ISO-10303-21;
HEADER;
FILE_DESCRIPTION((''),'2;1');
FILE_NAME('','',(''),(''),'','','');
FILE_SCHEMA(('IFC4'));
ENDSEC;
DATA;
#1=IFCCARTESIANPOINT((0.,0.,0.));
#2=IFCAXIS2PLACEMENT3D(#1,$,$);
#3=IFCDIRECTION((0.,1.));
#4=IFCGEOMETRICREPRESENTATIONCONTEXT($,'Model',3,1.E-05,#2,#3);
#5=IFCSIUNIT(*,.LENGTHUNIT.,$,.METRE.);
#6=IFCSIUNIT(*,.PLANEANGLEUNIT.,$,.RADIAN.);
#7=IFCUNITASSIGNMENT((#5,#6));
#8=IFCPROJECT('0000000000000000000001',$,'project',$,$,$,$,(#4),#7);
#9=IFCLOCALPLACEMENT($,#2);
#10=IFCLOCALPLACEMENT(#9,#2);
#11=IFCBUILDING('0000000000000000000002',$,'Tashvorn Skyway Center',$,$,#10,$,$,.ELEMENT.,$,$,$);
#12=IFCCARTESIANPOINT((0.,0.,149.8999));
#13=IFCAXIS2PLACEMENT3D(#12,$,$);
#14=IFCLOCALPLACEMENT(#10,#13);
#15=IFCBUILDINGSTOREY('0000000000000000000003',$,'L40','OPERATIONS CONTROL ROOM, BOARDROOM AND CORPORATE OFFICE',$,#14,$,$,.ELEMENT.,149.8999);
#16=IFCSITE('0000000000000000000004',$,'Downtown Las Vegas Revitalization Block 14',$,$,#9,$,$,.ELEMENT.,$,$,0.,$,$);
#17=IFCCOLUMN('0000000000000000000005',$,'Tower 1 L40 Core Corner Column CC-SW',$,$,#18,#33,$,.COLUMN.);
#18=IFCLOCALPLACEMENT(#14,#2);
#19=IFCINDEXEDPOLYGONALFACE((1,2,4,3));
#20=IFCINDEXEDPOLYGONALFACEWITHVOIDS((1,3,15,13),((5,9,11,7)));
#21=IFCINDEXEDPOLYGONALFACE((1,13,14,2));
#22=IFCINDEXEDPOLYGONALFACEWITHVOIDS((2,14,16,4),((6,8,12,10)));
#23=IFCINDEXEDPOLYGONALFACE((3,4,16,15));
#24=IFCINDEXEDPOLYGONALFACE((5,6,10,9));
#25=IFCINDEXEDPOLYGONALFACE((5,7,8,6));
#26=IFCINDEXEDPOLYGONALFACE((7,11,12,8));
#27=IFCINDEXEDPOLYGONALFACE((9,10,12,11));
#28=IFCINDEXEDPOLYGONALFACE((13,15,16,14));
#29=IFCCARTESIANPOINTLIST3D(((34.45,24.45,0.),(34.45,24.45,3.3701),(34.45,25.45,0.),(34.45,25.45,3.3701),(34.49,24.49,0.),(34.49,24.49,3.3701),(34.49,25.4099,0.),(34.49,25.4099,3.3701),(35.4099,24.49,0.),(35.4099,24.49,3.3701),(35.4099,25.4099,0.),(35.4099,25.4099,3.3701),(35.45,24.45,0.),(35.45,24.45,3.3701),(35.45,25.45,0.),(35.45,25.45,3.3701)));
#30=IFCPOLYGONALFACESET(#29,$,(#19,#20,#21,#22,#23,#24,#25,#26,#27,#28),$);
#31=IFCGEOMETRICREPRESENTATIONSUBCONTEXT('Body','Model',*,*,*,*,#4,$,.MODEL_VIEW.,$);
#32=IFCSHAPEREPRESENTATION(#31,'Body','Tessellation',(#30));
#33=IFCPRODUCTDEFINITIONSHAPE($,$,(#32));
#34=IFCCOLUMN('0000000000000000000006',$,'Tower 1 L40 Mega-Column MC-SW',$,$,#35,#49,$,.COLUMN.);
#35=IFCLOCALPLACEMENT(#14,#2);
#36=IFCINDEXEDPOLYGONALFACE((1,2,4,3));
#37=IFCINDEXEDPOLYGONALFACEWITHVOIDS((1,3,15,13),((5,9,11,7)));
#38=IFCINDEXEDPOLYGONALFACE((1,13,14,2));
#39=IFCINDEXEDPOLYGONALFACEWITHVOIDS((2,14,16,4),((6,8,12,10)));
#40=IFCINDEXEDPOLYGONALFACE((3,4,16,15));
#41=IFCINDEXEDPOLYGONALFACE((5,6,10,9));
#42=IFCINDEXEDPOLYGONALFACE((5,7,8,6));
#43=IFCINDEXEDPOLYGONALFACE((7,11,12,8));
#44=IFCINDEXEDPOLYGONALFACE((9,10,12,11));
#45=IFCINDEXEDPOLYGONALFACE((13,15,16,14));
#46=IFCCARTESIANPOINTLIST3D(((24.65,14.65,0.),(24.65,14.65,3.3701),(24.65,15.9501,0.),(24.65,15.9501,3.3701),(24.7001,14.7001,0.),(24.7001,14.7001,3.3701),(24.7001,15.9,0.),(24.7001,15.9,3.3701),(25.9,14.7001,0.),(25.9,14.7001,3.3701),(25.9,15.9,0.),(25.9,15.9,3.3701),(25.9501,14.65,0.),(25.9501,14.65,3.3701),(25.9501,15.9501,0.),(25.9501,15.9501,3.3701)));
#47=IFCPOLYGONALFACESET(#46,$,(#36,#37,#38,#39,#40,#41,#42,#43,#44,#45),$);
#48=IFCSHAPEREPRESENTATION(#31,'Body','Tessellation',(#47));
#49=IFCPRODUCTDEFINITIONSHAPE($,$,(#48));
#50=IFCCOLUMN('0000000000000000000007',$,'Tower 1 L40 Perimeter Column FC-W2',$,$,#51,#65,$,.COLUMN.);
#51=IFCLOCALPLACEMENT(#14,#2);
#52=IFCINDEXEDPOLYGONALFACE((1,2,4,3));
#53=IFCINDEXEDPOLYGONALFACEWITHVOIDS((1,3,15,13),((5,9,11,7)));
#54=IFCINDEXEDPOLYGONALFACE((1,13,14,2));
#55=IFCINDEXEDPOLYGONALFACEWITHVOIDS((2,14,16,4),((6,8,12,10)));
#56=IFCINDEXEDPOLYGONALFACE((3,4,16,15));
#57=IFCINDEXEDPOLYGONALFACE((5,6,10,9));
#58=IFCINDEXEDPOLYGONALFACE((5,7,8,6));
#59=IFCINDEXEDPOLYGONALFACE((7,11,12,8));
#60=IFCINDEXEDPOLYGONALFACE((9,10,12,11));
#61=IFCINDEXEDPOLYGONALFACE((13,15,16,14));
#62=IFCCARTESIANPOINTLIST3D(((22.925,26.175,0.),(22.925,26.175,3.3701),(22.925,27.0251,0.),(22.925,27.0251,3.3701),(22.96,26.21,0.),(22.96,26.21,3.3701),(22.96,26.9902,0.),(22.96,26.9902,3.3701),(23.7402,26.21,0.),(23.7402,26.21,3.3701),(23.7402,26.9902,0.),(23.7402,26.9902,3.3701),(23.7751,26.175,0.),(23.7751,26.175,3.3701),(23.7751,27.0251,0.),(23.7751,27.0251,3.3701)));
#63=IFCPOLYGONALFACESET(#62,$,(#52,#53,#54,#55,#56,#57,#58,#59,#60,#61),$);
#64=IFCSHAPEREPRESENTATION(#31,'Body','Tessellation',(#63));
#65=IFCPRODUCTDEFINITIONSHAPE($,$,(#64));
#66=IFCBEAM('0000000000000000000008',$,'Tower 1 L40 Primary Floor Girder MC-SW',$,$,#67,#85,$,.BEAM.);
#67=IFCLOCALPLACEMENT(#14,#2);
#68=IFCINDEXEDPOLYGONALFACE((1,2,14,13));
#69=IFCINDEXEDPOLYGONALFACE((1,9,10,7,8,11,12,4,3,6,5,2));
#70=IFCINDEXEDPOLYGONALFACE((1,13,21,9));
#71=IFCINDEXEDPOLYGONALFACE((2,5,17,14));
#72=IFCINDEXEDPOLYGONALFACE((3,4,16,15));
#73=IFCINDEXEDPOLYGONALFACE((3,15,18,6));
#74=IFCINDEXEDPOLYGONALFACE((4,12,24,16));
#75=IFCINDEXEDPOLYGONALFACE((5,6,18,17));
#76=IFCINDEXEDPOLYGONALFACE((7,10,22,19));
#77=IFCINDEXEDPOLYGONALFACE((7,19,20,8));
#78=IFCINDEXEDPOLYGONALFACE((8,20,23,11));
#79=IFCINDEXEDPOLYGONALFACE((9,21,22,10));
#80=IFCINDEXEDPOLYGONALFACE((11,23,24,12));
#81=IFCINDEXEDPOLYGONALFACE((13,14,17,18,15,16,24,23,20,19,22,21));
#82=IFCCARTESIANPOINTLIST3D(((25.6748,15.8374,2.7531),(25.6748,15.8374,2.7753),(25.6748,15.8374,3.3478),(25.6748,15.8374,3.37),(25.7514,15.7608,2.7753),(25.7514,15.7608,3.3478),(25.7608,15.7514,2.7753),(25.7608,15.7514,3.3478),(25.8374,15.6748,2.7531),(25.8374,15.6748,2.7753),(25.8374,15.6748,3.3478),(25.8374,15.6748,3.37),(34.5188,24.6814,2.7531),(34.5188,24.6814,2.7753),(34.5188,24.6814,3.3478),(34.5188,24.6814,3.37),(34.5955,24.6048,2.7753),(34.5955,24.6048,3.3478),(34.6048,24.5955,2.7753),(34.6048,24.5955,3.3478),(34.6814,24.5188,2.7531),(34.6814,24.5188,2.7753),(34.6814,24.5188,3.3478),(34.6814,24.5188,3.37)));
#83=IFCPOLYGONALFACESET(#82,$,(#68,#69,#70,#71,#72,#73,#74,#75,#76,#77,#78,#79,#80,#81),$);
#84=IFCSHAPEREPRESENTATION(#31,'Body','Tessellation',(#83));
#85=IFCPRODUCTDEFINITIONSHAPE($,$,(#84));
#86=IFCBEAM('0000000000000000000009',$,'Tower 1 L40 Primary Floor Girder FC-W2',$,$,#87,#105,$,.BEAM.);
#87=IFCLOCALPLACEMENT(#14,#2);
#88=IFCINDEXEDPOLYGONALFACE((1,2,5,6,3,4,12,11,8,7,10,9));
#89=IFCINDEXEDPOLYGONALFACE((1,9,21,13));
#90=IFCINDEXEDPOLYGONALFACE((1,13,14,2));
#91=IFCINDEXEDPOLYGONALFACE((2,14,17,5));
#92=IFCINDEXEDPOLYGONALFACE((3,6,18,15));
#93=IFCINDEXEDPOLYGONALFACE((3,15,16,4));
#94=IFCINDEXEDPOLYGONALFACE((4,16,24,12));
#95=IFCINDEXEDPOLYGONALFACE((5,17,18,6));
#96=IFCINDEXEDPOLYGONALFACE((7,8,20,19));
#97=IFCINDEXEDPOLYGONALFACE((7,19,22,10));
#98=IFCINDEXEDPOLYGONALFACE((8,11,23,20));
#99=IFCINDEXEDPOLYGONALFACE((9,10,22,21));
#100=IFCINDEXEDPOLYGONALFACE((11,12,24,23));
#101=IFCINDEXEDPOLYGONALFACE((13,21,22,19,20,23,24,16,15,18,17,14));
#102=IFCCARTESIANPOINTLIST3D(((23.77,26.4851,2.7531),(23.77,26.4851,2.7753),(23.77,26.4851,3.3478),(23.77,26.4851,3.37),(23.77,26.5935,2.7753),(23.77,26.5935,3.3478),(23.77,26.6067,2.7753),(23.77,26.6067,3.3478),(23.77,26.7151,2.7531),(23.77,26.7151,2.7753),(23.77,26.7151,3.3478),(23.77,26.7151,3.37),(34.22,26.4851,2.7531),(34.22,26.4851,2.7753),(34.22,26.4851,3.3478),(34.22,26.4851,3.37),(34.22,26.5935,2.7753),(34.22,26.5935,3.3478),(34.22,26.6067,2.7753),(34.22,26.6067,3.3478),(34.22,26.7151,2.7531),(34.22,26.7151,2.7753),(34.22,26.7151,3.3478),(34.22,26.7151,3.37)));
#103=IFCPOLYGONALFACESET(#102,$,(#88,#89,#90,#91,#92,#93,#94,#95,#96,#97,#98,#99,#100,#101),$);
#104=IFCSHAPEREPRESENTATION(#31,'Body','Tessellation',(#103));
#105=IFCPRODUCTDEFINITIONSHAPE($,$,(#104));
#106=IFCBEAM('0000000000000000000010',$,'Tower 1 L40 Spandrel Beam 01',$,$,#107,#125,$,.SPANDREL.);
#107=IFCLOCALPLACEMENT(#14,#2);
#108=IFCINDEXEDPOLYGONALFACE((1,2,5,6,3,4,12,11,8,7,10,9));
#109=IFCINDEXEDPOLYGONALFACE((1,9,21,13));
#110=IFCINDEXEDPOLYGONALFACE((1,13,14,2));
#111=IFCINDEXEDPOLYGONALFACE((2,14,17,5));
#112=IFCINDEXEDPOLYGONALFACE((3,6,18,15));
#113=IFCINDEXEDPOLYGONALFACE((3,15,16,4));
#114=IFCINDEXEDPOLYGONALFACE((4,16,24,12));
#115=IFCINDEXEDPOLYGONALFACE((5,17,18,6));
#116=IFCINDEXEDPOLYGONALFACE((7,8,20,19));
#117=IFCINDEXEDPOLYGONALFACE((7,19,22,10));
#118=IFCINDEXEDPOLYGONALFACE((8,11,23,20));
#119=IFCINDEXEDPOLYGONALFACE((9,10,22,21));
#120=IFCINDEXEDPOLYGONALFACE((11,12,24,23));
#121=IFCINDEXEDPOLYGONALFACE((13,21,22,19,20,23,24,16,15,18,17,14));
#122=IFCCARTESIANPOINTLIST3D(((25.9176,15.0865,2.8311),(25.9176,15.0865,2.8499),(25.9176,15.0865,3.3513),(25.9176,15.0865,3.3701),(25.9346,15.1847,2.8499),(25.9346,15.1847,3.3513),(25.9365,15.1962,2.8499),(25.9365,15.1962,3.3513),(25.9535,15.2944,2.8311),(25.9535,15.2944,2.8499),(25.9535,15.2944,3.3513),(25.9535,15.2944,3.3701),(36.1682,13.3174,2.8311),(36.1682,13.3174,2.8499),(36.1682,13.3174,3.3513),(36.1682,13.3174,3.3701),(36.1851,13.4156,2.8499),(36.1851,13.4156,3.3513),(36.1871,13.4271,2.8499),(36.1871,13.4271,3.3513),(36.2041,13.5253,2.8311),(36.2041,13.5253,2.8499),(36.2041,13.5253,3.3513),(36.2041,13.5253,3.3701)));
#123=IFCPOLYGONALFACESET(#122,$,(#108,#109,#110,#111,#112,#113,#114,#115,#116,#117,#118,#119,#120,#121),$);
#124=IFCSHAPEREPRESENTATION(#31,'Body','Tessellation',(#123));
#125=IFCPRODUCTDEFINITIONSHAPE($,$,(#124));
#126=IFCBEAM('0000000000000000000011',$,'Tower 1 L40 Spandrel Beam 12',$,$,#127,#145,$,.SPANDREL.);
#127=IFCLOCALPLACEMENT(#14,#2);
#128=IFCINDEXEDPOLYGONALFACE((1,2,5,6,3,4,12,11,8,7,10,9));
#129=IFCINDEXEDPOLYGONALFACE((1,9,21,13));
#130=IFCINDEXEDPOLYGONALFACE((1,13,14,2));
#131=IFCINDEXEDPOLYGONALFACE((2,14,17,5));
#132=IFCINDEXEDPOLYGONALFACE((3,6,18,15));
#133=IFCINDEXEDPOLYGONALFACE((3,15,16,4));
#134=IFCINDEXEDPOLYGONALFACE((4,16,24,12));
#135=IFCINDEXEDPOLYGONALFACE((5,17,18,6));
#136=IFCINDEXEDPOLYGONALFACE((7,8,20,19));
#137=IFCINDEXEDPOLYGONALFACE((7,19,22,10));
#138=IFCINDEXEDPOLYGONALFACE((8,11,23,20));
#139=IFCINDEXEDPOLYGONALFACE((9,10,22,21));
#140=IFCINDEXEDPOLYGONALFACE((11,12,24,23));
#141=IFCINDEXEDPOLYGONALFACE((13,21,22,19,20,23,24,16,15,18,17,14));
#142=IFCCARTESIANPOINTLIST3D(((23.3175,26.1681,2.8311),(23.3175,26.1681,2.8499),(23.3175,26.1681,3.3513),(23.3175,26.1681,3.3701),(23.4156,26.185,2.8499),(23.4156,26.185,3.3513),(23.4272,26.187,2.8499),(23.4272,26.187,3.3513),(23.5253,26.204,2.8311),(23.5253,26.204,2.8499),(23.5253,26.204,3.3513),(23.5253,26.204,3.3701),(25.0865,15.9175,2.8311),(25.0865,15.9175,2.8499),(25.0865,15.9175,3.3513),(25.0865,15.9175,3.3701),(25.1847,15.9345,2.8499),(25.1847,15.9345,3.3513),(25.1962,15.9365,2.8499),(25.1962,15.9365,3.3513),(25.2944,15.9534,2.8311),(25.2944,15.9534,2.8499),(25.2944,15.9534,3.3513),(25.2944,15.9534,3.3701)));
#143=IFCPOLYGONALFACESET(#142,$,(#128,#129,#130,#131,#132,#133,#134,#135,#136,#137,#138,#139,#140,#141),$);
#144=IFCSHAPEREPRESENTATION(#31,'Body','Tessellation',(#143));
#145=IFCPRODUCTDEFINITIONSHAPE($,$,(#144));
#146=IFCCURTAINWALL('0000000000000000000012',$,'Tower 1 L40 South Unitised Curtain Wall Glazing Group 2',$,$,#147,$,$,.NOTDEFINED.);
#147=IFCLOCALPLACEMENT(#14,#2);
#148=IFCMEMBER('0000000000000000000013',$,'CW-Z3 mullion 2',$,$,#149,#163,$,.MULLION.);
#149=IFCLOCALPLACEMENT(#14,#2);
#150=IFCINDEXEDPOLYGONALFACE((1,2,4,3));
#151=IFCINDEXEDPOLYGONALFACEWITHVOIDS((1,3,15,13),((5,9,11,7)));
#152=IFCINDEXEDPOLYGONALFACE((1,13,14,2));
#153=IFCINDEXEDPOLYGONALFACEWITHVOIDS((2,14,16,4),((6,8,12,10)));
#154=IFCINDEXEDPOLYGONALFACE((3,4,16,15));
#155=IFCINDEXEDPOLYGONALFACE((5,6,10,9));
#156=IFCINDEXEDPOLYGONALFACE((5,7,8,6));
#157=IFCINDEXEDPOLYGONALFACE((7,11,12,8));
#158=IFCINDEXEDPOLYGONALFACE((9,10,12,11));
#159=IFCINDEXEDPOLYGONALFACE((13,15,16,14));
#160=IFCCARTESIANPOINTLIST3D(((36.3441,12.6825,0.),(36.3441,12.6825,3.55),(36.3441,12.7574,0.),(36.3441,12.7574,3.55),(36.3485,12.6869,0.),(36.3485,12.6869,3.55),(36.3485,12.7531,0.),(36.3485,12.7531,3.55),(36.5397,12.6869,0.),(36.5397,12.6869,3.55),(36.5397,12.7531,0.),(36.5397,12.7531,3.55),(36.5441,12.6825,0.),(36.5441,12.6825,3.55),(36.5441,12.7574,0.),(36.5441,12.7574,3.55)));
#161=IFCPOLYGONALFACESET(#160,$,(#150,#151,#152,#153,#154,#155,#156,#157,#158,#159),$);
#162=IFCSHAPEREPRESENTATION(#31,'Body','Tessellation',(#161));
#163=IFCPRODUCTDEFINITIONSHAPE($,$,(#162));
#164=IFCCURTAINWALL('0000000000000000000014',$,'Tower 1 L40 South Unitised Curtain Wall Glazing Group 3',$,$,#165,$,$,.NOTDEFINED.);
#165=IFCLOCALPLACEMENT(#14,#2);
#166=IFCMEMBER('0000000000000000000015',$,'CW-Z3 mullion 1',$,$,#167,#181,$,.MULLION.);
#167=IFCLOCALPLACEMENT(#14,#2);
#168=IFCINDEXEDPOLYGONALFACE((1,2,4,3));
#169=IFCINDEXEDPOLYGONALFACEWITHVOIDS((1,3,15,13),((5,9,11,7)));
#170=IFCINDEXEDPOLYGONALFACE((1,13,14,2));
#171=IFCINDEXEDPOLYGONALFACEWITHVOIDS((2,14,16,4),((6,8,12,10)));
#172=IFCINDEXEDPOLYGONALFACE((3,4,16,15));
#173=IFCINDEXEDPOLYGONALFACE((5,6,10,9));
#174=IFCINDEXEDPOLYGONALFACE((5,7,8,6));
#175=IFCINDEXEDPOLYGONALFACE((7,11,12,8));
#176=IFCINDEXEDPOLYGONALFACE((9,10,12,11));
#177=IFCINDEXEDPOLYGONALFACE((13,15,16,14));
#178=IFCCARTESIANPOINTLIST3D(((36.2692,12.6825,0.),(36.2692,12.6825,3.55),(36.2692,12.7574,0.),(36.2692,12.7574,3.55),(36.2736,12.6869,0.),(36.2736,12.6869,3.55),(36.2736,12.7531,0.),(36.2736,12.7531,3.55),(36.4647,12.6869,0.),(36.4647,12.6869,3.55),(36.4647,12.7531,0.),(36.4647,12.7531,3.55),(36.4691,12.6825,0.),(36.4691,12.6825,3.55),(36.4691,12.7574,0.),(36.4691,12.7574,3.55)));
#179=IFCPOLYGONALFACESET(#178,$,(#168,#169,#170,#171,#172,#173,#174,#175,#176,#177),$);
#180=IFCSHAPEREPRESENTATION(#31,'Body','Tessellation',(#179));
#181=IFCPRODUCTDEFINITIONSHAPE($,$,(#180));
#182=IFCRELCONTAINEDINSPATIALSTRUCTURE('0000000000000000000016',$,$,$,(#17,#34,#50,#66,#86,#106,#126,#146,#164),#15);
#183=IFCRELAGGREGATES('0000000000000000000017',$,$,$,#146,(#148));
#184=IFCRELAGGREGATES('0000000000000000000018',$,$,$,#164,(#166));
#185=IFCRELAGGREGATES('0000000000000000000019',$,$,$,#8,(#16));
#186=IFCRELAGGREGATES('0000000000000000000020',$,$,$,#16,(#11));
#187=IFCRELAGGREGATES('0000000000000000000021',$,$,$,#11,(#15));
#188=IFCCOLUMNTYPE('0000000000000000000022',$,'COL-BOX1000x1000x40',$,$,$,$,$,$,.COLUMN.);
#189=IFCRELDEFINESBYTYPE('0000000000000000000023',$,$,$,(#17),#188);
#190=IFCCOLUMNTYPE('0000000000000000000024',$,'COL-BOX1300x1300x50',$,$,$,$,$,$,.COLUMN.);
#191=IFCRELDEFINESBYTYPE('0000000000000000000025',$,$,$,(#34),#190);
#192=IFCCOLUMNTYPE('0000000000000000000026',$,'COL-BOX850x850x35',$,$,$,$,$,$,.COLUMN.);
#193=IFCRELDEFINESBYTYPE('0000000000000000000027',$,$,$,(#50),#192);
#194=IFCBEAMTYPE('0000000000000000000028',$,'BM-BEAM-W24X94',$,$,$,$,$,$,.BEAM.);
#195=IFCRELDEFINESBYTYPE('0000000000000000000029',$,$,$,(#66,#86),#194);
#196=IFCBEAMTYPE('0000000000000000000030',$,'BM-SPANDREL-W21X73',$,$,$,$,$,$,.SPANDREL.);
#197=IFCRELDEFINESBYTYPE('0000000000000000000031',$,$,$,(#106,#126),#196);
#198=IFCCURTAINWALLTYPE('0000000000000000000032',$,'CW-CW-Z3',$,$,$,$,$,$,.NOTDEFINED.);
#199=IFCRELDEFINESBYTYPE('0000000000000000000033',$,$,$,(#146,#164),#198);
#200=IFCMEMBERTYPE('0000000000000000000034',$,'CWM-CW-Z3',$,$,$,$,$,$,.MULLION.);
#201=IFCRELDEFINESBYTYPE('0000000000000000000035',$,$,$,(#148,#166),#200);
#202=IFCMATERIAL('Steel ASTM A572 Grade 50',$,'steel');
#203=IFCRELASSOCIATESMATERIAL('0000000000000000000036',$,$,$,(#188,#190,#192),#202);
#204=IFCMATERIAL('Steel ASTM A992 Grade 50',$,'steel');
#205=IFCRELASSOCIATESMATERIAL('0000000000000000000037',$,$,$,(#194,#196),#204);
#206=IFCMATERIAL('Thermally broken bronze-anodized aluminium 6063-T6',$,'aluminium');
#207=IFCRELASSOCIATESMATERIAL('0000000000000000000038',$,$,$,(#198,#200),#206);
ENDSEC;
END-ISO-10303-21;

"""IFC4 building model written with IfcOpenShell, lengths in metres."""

from ifc_helpers import new_model, si_unit, direction, frame, origin, origin_2d, place, context, subcontext, project, spatial, hollow_rectangle, i_section, extrude, material, material_profile, profile_set, type_object, element, aggregate, save


model = new_model("IFC4")

# Units and contexts
model_context = context("Model", 3, precision=1e-05, world=origin(), true_north=direction((0.0, 1.0)))
body_context = subcontext(model_context, "Body", "Model", "MODEL_VIEW")
ifc_project = project(units=[si_unit("LENGTHUNIT", "METRE"), si_unit("PLANEANGLEUNIT", "RADIAN")], contexts=[model_context])

# Site, building, storey
site_placement = place(None, origin())
site = spatial("IfcSite", under=ifc_project, at=site_placement, Name="Downtown Las Vegas Revitalization Block 14", CompositionType="ELEMENT", RefElevation=0.0)
building_placement = place(site_placement, origin())
building = spatial("IfcBuilding", under=site, at=building_placement, Name="Tashvorn Skyway Center", CompositionType="ELEMENT")
storey_placement = place(building_placement, frame((0.0, 0.0, 149.8999)))
storey = spatial("IfcBuildingStorey", under=building, at=storey_placement, Name="L40", Description="OPERATIONS CONTROL ROOM, BOARDROOM AND CORPORATE OFFICE", CompositionType="ELEMENT", Elevation=149.8999)

# Columns
ifc_material_1 = material(Name="Steel ASTM A572 Grade 50", Category="steel")
ifc_material_profile_1 = material_profile(ifc_material_1, hollow_rectangle(XDim=1.0, YDim=1.0, WallThickness=0.04, at=origin_2d()), Name="BOX1000x1000x40")
ifc_profile_set_1 = profile_set([ifc_material_profile_1], Name="Steel ASTM A572 Grade 50")
column_type_1 = type_object("IfcColumnType", Name="COL-BOX1000x1000x40", PredefinedType="COLUMN", material=ifc_profile_set_1)
column_1_placement = place(storey_placement, frame((34.95, 24.95, 0.0), z_axis=(0.0, 0.0, 1.0), x_axis=(1.0, 0.0, 0.0)))
element("IfcColumn", 1, at=column_1_placement, inside=storey, type_object=column_type_1, Name="Tower 1 L40 Core Corner Column CC-SW", PredefinedType="COLUMN", context=body_context, shape_type="SweptSolid", body=[
    extrude(hollow_rectangle(XDim=1.0, YDim=1.0, WallThickness=0.04, at=origin_2d()), origin(), (0.0, 0.0, 1.0), 3.3701),
])
ifc_material_profile_2 = material_profile(ifc_material_1, hollow_rectangle(XDim=1.3, YDim=1.3, WallThickness=0.05, at=origin_2d()), Name="BOX1300x1300x50")
ifc_profile_set_2 = profile_set([ifc_material_profile_2], Name="Steel ASTM A572 Grade 50")
column_type_2 = type_object("IfcColumnType", Name="COL-BOX1300x1300x50", PredefinedType="COLUMN", material=ifc_profile_set_2)
column_2_placement = place(storey_placement, frame((25.3, 15.3, 0.0), z_axis=(0.0, 0.0, 1.0), x_axis=(1.0, 0.0, 0.0)))
element("IfcColumn", 2, at=column_2_placement, inside=storey, type_object=column_type_2, Name="Tower 1 L40 Mega-Column MC-SW", PredefinedType="COLUMN", context=body_context, shape_type="SweptSolid", body=[
    extrude(hollow_rectangle(XDim=1.3, YDim=1.3, WallThickness=0.05, at=origin_2d()), origin(), (0.0, 0.0, 1.0), 3.3701),
])
ifc_material_profile_3 = material_profile(ifc_material_1, hollow_rectangle(XDim=0.8501, YDim=0.8501, WallThickness=0.0349, at=origin_2d()), Name="BOX850x850x35")
ifc_profile_set_3 = profile_set([ifc_material_profile_3], Name="Steel ASTM A572 Grade 50")
column_type_3 = type_object("IfcColumnType", Name="COL-BOX850x850x35", PredefinedType="COLUMN", material=ifc_profile_set_3)
column_3_placement = place(storey_placement, frame((23.3501, 26.6001, 0.0), z_axis=(0.0, 0.0, 1.0), x_axis=(1.0, 0.0, 0.0)))
element("IfcColumn", 3, at=column_3_placement, inside=storey, type_object=column_type_3, Name="Tower 1 L40 Perimeter Column FC-W2", PredefinedType="COLUMN", context=body_context, shape_type="SweptSolid", body=[
    extrude(hollow_rectangle(XDim=0.8501, YDim=0.8501, WallThickness=0.0349, at=origin_2d()), origin(), (0.0, 0.0, 1.0), 3.3701),
])

# Beams
ifc_material_2 = material(Name="Steel ASTM A992 Grade 50", Category="steel")
ifc_material_profile_4 = material_profile(ifc_material_2, i_section(OverallWidth=0.23, OverallDepth=0.6169, WebThickness=0.0132, FlangeThickness=0.0222, at=origin_2d()), Name="W24X94")
ifc_profile_set_4 = profile_set([ifc_material_profile_4], Name="Steel ASTM A992 Grade 50")
beam_type_1 = type_object("IfcBeamType", Name="BM-BEAM-W24X94", PredefinedType="BEAM", material=ifc_profile_set_4)
beam_1_placement = place(storey_placement, frame((25.7561, 15.7561, 3.0615), z_axis=(0.707107, 0.707107, 0.0), x_axis=(-0.707107, 0.707107, 0.0)))
element("IfcBeam", 4, at=beam_1_placement, inside=storey, type_object=beam_type_1, Name="Tower 1 L40 Primary Floor Girder MC-SW", PredefinedType="BEAM", context=body_context, shape_type="SweptSolid", body=[
    extrude(i_section(OverallWidth=0.23, OverallDepth=0.6169, WebThickness=0.0132, FlangeThickness=0.0222, at=origin_2d()), origin(), (0.0, 0.0, 1.0), 12.5073),
])
beam_2_placement = place(storey_placement, frame((23.77, 26.6001, 3.0615), z_axis=(1.0, 0.0, 0.0), x_axis=(0.0, 1.0, 0.0)))
element("IfcBeam", 5, at=beam_2_placement, inside=storey, type_object=beam_type_1, Name="Tower 1 L40 Primary Floor Girder FC-W2", PredefinedType="BEAM", context=body_context, shape_type="SweptSolid", body=[
    extrude(i_section(OverallWidth=0.23, OverallDepth=0.6169, WebThickness=0.0132, FlangeThickness=0.0222, at=origin_2d()), origin(), (0.0, 0.0, 1.0), 10.45),
])
ifc_material_profile_5 = material_profile(ifc_material_2, i_section(OverallWidth=0.2109, OverallDepth=0.5391, WebThickness=0.0117, FlangeThickness=0.0188, at=origin_2d()), Name="W21X73")
ifc_profile_set_5 = profile_set([ifc_material_profile_5], Name="Steel ASTM A992 Grade 50")
beam_type_2 = type_object("IfcBeamType", Name="BM-SPANDREL-W21X73", PredefinedType="SPANDREL", material=ifc_profile_set_5)
for number, where, z_axis, x_axis, name in (
    (6, (25.9355, 15.1904, 3.1006), (0.985432, -0.170067, 0.0), (0.170067, 0.985432, 0.0), "Tower 1 L40 Spandrel Beam 01"),
    (7, (23.4214, 26.186, 3.1006), (0.170067, -0.985432, 0.0), (0.985432, 0.170067, 0.0), "Tower 1 L40 Spandrel Beam 12"),
):
    element("IfcBeam", number, at=place(storey_placement, frame(where, z_axis=z_axis, x_axis=x_axis)), inside=storey, type_object=beam_type_2, Name=name, PredefinedType="SPANDREL", context=body_context, shape_type="SweptSolid", body=[
        extrude(i_section(OverallWidth=0.2109, OverallDepth=0.5391, WebThickness=0.0117, FlangeThickness=0.0188, at=origin_2d()), origin(), (0.0, 0.0, 1.0), 10.4021),
    ])

# Curtain wall, member
ifc_material_3 = material(Name="Thermally broken bronze-anodized aluminium 6063-T6", Category="aluminium")
curtain_wall_type = type_object("IfcCurtainWallType", Name="CW-CW-Z3", PredefinedType="NOTDEFINED", material=ifc_material_3)
curtain_wall_1_placement = place(storey_placement, origin())
curtain_wall_1 = element("IfcCurtainWall", 8, at=curtain_wall_1_placement, inside=storey, type_object=curtain_wall_type, Name="Tower 1 L40 South Unitised Curtain Wall Glazing Group 2", PredefinedType="NOTDEFINED")
ifc_material_profile_6 = material_profile(ifc_material_3, hollow_rectangle(XDim=0.075, YDim=0.2, WallThickness=0.0044, at=origin_2d()), Name="ALU-MULL-75x200")
ifc_profile_set_6 = profile_set([ifc_material_profile_6], Name="Thermally broken bronze-anodized aluminium 6063-T6")
member_type_1 = type_object("IfcMemberType", Name="CWM-CW-Z3", PredefinedType="MULLION", material=ifc_profile_set_6)
member_1_placement = place(storey_placement, frame((36.4441, 12.72, 0.0), z_axis=(0.0, 0.0, 1.0), x_axis=(0.0, -1.0, 0.0)))
member_1 = element("IfcMember", 9, at=member_1_placement, type_object=member_type_1, Name="CW-Z3 mullion 2", PredefinedType="MULLION", context=body_context, shape_type="SweptSolid", body=[
    extrude(hollow_rectangle(XDim=0.075, YDim=0.2, WallThickness=0.0044, at=origin_2d()), origin(), (0.0, 0.0, 1.0), 3.55),
])
aggregate(curtain_wall_1, [member_1])

# Curtain wall, member
curtain_wall_2_placement = place(storey_placement, origin())
curtain_wall_2 = element("IfcCurtainWall", 10, at=curtain_wall_2_placement, inside=storey, type_object=curtain_wall_type, Name="Tower 1 L40 South Unitised Curtain Wall Glazing Group 3", PredefinedType="NOTDEFINED")
member_2_placement = place(storey_placement, frame((36.3691, 12.72, 0.0), z_axis=(0.0, 0.0, 1.0), x_axis=(0.0, -1.0, 0.0)))
member_2 = element("IfcMember", 11, at=member_2_placement, type_object=member_type_1, Name="CW-Z3 mullion 1", PredefinedType="MULLION", context=body_context, shape_type="SweptSolid", body=[
    extrude(hollow_rectangle(XDim=0.075, YDim=0.2, WallThickness=0.0044, at=origin_2d()), origin(), (0.0, 0.0, 1.0), 3.55),
])

aggregate(curtain_wall_2, [member_2])

save(model, "model.ifc")
